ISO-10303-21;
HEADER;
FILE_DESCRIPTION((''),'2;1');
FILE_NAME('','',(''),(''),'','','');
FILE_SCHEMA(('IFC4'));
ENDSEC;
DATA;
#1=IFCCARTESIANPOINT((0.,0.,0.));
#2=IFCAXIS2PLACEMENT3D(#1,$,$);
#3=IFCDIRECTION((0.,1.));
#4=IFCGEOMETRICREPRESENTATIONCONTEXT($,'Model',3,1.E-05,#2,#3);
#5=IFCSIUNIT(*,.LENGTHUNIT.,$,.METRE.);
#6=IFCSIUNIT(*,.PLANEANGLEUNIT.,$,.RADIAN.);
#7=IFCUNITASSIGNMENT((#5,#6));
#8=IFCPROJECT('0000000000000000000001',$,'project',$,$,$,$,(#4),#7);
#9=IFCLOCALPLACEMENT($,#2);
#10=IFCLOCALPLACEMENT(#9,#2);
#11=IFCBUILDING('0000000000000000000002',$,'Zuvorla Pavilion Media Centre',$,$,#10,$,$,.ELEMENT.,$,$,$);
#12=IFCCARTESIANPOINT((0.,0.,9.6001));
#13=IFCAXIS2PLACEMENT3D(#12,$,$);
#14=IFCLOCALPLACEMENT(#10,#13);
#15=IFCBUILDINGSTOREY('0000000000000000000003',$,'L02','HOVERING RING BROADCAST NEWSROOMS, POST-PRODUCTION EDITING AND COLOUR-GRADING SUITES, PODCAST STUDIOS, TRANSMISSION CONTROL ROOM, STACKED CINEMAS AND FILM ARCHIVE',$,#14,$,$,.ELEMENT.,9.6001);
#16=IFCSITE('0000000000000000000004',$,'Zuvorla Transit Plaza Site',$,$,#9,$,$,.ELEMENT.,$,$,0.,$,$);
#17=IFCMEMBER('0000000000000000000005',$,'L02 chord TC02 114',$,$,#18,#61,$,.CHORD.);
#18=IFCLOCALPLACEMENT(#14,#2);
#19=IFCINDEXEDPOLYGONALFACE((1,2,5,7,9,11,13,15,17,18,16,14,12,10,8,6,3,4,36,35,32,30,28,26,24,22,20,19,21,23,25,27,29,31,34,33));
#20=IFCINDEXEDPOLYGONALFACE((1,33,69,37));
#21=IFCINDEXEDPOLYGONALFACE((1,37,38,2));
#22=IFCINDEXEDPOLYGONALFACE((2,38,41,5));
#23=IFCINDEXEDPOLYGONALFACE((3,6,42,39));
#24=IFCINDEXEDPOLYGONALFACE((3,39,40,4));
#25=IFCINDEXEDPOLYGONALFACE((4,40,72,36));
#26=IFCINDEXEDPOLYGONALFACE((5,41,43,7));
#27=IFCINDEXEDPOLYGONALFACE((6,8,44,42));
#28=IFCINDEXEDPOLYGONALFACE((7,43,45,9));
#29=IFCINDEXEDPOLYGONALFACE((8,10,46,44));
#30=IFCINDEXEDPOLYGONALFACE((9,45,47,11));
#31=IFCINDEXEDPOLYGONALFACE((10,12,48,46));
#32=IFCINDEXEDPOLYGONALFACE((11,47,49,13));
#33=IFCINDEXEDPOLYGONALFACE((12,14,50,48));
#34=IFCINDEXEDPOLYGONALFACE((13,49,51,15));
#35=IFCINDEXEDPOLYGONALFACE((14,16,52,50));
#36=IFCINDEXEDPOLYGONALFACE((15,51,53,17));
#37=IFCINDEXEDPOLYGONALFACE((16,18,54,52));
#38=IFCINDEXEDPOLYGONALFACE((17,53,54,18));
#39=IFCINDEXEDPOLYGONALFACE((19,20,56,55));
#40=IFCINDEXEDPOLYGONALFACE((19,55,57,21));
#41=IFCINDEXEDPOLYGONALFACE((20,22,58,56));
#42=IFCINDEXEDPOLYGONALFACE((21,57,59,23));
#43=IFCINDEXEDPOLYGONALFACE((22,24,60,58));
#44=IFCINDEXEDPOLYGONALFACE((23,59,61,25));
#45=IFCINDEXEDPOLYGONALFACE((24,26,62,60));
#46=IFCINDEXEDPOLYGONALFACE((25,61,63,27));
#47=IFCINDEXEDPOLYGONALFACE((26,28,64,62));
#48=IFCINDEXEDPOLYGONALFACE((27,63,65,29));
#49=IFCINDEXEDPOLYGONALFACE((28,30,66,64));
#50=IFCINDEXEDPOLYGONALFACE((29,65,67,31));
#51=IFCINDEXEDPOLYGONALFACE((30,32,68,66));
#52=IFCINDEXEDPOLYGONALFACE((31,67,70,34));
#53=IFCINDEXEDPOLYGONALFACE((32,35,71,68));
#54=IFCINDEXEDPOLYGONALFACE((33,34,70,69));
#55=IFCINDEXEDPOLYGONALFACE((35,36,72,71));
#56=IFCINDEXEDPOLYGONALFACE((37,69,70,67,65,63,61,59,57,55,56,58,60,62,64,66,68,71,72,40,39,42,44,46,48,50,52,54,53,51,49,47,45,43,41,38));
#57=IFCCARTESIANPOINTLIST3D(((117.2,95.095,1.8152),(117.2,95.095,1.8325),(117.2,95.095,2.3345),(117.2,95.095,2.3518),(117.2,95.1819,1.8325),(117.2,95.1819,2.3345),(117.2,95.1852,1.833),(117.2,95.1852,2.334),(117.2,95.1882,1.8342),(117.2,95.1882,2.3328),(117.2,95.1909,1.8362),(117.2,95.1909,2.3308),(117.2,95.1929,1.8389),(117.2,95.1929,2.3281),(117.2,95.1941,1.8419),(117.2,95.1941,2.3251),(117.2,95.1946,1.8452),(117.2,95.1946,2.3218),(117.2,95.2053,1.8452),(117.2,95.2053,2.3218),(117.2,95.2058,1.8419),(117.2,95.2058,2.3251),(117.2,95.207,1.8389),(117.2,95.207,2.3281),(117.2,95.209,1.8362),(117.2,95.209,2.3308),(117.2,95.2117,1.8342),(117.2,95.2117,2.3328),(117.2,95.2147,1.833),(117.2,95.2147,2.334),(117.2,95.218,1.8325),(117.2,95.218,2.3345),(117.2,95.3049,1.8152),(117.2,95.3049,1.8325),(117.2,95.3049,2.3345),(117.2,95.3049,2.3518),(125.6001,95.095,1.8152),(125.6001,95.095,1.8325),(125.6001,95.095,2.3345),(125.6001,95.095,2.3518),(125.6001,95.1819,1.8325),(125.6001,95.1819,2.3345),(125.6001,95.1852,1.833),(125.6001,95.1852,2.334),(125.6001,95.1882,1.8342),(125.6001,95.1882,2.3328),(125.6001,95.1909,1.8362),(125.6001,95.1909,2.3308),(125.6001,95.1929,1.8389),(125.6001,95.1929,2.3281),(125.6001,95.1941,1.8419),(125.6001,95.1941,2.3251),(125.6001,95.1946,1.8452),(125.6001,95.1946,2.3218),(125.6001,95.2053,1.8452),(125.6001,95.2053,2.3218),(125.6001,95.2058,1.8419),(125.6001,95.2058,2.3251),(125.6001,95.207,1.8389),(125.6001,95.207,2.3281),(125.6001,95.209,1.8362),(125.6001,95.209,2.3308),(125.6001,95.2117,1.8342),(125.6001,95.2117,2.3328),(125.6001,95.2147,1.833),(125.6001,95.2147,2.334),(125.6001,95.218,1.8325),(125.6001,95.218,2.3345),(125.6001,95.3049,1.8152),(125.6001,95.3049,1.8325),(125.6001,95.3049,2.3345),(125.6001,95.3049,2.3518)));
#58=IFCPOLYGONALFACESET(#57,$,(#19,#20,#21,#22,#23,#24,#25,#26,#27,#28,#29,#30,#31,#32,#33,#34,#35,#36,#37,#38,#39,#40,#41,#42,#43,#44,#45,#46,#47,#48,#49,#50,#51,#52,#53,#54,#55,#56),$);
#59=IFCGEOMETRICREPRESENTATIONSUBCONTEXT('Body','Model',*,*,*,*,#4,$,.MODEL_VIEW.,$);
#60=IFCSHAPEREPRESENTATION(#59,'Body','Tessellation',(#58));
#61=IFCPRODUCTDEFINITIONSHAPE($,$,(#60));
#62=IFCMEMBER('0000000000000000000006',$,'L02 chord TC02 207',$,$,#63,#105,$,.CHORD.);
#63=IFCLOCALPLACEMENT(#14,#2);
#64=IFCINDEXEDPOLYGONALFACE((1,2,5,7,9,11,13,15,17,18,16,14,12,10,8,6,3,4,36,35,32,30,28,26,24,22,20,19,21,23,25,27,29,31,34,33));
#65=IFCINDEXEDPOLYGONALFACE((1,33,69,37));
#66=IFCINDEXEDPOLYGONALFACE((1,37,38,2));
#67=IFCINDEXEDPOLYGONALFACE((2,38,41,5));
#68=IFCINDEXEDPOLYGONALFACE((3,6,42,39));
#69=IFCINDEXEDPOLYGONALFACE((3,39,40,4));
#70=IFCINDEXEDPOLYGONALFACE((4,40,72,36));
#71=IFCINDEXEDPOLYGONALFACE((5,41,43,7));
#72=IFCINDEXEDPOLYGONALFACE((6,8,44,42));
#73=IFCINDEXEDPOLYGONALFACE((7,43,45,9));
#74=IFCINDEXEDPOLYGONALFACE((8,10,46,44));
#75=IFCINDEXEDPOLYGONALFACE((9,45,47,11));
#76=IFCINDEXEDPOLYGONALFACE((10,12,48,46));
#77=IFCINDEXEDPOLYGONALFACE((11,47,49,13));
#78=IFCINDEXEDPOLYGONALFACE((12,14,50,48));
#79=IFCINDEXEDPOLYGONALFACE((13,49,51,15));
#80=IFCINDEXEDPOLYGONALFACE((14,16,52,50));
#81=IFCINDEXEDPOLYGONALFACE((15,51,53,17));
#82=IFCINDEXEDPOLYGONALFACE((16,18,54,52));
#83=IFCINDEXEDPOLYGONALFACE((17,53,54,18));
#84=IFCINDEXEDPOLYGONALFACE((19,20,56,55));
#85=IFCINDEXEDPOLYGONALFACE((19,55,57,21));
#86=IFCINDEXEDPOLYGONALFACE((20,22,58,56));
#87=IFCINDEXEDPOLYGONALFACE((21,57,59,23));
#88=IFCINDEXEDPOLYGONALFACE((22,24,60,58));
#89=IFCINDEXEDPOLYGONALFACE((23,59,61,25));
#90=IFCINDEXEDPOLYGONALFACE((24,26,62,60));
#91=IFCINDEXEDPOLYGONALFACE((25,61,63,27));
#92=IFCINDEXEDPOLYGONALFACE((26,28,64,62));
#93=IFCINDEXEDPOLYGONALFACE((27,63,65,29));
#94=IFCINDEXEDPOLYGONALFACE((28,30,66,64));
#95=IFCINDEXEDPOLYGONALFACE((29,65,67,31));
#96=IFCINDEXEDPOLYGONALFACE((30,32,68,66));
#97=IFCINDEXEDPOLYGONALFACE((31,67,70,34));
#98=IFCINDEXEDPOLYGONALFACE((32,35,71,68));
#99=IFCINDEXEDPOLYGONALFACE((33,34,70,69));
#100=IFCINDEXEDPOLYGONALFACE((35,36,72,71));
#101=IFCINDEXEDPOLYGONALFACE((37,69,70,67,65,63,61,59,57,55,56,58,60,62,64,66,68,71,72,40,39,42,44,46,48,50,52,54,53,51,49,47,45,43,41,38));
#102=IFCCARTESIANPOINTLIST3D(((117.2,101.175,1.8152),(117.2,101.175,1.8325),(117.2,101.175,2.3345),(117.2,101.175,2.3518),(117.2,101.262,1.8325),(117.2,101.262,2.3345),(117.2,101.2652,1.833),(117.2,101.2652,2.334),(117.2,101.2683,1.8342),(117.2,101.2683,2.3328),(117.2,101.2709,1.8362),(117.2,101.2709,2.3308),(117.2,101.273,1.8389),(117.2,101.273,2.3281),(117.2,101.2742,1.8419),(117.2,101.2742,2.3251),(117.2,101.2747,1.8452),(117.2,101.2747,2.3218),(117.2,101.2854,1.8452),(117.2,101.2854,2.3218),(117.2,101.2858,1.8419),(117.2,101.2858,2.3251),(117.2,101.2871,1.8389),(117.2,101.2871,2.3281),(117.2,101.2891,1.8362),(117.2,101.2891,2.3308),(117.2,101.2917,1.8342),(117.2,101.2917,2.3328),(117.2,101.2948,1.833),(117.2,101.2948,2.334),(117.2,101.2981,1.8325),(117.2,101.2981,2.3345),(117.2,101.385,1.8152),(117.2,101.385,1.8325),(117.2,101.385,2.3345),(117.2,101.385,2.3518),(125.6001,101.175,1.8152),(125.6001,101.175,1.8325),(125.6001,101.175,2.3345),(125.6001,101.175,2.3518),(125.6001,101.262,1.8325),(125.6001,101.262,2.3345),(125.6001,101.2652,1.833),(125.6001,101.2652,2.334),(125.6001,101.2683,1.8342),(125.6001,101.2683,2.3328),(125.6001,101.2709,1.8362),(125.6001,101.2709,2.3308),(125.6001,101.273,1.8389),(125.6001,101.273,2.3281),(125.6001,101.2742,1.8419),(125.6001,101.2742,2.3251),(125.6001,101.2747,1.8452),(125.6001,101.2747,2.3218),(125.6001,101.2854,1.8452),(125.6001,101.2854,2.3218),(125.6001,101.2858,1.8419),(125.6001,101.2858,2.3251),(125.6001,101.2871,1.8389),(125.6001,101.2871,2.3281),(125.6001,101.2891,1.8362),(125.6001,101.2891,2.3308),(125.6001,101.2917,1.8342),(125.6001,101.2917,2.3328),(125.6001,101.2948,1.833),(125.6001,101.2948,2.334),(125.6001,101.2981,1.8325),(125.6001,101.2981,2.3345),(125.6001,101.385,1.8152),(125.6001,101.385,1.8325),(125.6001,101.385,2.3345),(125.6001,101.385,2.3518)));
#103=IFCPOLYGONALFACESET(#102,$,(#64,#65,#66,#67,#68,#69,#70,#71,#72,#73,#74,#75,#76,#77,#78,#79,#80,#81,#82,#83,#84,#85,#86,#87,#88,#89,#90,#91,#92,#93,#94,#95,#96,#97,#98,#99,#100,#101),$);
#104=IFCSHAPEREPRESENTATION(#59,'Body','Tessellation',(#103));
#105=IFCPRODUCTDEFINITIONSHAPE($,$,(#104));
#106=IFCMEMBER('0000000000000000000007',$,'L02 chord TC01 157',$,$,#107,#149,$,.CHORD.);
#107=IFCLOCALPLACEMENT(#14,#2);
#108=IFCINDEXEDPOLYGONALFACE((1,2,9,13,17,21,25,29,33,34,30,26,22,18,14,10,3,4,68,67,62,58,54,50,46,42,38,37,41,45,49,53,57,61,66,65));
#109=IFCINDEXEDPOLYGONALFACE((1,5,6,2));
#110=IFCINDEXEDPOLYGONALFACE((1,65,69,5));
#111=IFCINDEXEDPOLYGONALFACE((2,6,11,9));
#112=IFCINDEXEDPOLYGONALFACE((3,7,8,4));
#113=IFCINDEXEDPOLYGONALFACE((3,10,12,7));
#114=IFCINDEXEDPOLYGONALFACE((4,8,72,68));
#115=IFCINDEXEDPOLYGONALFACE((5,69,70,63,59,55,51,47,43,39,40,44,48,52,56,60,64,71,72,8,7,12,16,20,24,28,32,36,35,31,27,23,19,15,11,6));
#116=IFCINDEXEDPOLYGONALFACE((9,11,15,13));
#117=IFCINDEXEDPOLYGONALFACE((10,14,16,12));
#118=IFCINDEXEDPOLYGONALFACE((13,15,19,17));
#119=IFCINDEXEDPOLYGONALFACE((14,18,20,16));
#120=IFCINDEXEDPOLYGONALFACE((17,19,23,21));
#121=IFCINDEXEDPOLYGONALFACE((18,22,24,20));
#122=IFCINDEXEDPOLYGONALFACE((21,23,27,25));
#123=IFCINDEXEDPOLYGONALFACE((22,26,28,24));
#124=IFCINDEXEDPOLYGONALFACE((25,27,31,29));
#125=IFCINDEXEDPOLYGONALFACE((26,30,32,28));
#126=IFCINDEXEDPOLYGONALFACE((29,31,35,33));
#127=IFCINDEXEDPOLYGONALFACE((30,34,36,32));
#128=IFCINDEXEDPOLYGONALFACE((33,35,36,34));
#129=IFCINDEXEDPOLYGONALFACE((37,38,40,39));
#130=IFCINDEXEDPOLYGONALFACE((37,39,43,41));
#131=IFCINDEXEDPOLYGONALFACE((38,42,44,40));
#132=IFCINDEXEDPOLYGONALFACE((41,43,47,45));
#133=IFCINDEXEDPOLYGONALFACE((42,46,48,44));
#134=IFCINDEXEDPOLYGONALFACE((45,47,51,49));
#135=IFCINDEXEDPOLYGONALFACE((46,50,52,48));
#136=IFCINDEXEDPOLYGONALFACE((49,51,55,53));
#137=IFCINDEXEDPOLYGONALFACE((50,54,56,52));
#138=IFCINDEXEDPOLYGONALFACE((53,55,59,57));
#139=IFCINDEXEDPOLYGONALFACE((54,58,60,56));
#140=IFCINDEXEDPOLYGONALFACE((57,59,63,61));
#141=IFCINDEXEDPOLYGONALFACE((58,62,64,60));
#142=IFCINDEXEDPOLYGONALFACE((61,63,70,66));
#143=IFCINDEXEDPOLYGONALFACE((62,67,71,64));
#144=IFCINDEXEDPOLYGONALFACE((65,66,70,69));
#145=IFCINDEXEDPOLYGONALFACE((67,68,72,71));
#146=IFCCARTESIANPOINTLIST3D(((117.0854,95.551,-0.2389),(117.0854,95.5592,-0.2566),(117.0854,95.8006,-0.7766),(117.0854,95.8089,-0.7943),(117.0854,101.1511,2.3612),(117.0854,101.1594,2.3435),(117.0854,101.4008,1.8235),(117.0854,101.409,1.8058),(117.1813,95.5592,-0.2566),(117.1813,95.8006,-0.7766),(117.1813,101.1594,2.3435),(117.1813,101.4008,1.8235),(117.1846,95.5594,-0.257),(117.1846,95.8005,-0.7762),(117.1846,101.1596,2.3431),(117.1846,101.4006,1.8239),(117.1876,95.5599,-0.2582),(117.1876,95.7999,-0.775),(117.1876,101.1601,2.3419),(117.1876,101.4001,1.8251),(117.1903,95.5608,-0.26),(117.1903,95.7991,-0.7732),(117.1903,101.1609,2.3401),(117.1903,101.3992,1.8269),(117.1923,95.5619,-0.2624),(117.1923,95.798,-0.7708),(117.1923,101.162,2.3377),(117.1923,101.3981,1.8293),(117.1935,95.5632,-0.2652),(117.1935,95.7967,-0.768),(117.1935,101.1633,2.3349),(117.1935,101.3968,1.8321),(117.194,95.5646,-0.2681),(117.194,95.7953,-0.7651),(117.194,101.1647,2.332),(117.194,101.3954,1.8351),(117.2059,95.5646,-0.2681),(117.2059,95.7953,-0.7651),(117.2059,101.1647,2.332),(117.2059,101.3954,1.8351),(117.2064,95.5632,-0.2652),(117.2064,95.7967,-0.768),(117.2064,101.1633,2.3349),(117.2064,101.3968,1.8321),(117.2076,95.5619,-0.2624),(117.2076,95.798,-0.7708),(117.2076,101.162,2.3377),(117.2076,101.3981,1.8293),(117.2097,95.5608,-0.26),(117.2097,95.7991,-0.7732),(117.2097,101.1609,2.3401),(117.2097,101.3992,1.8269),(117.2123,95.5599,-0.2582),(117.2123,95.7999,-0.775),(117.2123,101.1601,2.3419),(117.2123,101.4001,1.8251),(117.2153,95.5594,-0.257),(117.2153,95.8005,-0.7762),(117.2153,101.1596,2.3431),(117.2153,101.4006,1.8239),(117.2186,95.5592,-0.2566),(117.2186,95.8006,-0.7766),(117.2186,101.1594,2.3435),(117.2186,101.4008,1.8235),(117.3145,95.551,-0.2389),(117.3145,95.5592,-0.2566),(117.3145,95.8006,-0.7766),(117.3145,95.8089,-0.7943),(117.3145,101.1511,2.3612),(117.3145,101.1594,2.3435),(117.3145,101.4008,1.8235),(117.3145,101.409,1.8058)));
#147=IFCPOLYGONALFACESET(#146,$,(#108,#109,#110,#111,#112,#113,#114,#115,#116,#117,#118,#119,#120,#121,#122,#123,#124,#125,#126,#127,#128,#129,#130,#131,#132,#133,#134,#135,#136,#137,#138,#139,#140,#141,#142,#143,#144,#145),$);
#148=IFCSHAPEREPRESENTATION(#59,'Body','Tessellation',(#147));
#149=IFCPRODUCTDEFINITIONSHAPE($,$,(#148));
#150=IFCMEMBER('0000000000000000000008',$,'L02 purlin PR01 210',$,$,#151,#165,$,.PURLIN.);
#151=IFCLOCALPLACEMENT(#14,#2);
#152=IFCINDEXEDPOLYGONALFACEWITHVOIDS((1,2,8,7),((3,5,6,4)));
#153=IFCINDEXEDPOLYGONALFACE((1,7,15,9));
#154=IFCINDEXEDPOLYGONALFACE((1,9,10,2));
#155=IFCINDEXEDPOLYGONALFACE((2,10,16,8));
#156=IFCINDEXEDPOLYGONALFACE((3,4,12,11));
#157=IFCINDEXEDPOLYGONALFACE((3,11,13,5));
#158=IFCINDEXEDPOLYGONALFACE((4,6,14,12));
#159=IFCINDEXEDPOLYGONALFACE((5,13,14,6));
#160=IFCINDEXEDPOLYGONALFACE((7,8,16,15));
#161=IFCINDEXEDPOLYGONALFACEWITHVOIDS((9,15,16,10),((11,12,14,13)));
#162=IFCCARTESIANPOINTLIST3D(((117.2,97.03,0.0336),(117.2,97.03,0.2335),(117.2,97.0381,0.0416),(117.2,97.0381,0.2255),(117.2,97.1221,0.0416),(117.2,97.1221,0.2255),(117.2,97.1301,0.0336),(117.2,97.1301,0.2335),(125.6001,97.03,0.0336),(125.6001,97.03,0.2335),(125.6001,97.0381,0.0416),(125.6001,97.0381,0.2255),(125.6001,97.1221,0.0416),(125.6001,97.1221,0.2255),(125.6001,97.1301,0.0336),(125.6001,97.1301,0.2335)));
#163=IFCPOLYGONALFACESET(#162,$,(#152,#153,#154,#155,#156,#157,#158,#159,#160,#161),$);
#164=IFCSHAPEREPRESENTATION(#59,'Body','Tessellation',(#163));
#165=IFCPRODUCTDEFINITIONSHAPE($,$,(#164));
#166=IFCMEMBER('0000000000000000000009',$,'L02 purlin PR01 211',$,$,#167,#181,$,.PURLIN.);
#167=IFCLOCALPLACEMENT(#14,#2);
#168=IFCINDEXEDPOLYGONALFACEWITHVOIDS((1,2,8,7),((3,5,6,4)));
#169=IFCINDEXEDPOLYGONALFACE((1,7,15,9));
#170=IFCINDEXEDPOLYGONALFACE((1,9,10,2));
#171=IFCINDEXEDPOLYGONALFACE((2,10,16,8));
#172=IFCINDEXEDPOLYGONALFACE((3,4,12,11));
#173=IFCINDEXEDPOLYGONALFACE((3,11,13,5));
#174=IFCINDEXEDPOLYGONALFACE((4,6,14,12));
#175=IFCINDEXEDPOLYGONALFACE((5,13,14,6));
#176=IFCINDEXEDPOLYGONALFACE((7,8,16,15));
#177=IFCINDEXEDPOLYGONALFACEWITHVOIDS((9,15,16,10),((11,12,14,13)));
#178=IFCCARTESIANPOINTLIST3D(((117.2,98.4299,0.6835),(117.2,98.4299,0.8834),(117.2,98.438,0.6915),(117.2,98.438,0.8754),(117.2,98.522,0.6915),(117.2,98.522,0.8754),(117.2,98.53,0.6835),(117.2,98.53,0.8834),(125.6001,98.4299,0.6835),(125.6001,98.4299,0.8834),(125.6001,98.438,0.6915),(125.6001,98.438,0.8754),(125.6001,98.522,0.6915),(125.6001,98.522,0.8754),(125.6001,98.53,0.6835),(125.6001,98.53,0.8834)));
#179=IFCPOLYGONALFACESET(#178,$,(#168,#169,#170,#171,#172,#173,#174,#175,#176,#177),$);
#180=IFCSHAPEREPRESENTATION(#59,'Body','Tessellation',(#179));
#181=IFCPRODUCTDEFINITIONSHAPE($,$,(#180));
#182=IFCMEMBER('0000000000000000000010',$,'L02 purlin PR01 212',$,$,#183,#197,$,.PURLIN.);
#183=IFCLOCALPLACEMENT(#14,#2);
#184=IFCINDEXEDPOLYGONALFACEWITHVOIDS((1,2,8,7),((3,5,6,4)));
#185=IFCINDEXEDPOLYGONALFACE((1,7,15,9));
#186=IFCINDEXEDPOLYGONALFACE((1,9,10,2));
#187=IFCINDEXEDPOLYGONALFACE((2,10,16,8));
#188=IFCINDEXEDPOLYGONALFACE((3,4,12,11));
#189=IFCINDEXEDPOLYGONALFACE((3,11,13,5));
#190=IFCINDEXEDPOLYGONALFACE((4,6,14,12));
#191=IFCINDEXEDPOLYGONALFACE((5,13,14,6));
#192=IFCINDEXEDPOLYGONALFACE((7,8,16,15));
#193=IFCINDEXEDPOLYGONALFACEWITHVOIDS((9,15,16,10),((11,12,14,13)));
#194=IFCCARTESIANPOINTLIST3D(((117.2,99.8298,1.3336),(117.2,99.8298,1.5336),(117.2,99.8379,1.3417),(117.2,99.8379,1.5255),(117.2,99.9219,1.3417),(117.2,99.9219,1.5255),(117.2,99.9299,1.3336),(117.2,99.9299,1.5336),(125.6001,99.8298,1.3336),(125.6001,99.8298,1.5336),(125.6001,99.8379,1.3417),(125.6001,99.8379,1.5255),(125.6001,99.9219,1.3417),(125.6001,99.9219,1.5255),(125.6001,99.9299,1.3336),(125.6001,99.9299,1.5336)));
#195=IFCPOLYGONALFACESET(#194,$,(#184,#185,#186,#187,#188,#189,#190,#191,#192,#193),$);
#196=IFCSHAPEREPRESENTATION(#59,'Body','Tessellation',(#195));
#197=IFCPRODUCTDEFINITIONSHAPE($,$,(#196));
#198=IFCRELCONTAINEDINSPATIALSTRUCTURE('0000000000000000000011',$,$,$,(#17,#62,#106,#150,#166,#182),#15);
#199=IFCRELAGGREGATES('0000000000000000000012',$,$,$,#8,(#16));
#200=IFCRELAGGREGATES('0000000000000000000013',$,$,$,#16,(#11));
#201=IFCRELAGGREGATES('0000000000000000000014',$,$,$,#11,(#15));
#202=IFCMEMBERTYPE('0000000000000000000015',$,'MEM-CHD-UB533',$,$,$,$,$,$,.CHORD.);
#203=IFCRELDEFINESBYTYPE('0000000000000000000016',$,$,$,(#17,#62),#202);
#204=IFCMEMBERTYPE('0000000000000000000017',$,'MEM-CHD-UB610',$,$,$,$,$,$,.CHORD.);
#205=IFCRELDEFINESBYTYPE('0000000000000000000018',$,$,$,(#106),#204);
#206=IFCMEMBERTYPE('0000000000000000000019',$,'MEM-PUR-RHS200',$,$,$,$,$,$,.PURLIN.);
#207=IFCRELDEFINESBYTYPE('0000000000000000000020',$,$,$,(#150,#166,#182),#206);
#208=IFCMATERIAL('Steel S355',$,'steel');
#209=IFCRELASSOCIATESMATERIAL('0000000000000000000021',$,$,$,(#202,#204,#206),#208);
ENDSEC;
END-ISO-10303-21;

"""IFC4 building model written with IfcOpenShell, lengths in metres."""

from ifc_helpers import new_model, si_unit, direction, frame, origin, origin_2d, place, context, subcontext, project, spatial, hollow_rectangle, i_section, extrude, material, material_profile, profile_set, type_object, element, save


model = new_model("IFC4")

# Units and contexts
model_context = context("Model", 3, precision=1e-05, world=origin(), true_north=direction((0.0, 1.0)))
body_context = subcontext(model_context, "Body", "Model", "MODEL_VIEW")
ifc_project = project(units=[si_unit("LENGTHUNIT", "METRE"), si_unit("PLANEANGLEUNIT", "RADIAN")], contexts=[model_context])

# Site, building, storey
site_placement = place(None, origin())
site = spatial("IfcSite", under=ifc_project, at=site_placement, Name="Zuvorla Transit Plaza Site", CompositionType="ELEMENT", RefElevation=0.0)
building_placement = place(site_placement, origin())
building = spatial("IfcBuilding", under=site, at=building_placement, Name="Zuvorla Pavilion Media Centre", CompositionType="ELEMENT")
storey_placement = place(building_placement, frame((0.0, 0.0, 9.6001)))
storey = spatial("IfcBuildingStorey", under=building, at=storey_placement, Name="L02", Description="HOVERING RING BROADCAST NEWSROOMS, POST-PRODUCTION EDITING AND COLOUR-GRADING SUITES, PODCAST STUDIOS, TRANSMISSION CONTROL ROOM, STACKED CINEMAS AND FILM ARCHIVE", CompositionType="ELEMENT", Elevation=9.6001)

# Members
ifc_material_1 = material(Name="Steel S355", Category="steel")
ifc_material_profile_1 = material_profile(ifc_material_1, i_section(OverallWidth=0.21, OverallDepth=0.5366, WebThickness=0.0107, FlangeThickness=0.0173, FilletRadius=0.0127, at=origin_2d()), Name="UB 533x210x101")
ifc_profile_set_1 = profile_set([ifc_material_profile_1], Name="Steel S355")
member_type_1 = type_object("IfcMemberType", Name="MEM-CHD-UB533", PredefinedType="CHORD", material=ifc_profile_set_1)
for number, where, z_axis, x_axis, name in (
    (1, (117.2, 95.2, 2.0835), (1.0, 0.0, 0.0), (0.0, 1.0, 0.0), "L02 chord TC02 114"),
    (2, (117.2, 101.28, 2.0835), (1.0, 0.0, 0.0), (0.0, 1.0, 0.0), "L02 chord TC02 207"),
):
    element("IfcMember", number, at=place(storey_placement, frame(where, z_axis=z_axis, x_axis=x_axis)), inside=storey, type_object=member_type_1, Name=name, PredefinedType="CHORD", context=body_context, shape_type="SweptSolid", body=[
        extrude(i_section(OverallWidth=0.21, OverallDepth=0.5366, WebThickness=0.0107, FlangeThickness=0.0173, FilletRadius=0.0127, at=origin_2d()), origin(), (0.0, 0.0, 1.0), 8.4001),
    ])
ifc_material_profile_2 = material_profile(ifc_material_1, i_section(OverallWidth=0.229, OverallDepth=0.6123, WebThickness=0.012, FlangeThickness=0.0195, FilletRadius=0.0127, at=origin_2d()), Name="UB 610x229x125")
ifc_profile_set_2 = profile_set([ifc_material_profile_2], Name="Steel S355")
member_type_2 = type_object("IfcMemberType", Name="MEM-CHD-UB610", PredefinedType="CHORD", material=ifc_profile_set_2)
member_1_placement = place(storey_placement, frame((117.2, 95.6799, -0.5166), z_axis=(0.0, 0.907006, 0.421118), x_axis=(-1.0, 0.0, 0.0)))
element("IfcMember", 3, at=member_1_placement, inside=storey, type_object=member_type_2, Name="L02 chord TC01 157", PredefinedType="CHORD", context=body_context, shape_type="SweptSolid", body=[
    extrude(i_section(OverallWidth=0.229, OverallDepth=0.6123, WebThickness=0.012, FlangeThickness=0.0195, FilletRadius=0.0127, at=origin_2d()), origin(), (0.0, 0.0, 1.0), 6.1743),
])
ifc_material_profile_3 = material_profile(ifc_material_1, hollow_rectangle(XDim=0.1001, YDim=0.2, WallThickness=0.0081, at=origin_2d()), Name="RHS 200x100x8")
ifc_profile_set_3 = profile_set([ifc_material_profile_3], Name="Steel S355")
member_type_3 = type_object("IfcMemberType", Name="MEM-PUR-RHS200", PredefinedType="PURLIN", material=ifc_profile_set_3)
for number, where, z_axis, x_axis, name in (
    (4, (117.2, 97.0801, 0.1335), (1.0, 0.0, 0.0), (0.0, 1.0, 0.0), "L02 purlin PR01 210"),
    (5, (117.2, 98.48, 0.7834), (1.0, 0.0, 0.0), (0.0, 1.0, 0.0), "L02 purlin PR01 211"),
    (6, (117.2, 99.8799, 1.4336), (1.0, 0.0, 0.0), (0.0, 1.0, 0.0), "L02 purlin PR01 212"),
):
    element("IfcMember", number, at=place(storey_placement, frame(where, z_axis=z_axis, x_axis=x_axis)), inside=storey, type_object=member_type_3, Name=name, PredefinedType="PURLIN", context=body_context, shape_type="SweptSolid", body=[
        extrude(hollow_rectangle(XDim=0.1001, YDim=0.2, WallThickness=0.0081, at=origin_2d()), origin(), (0.0, 0.0, 1.0), 8.4001),
    ])

save(model, "model.ifc")
